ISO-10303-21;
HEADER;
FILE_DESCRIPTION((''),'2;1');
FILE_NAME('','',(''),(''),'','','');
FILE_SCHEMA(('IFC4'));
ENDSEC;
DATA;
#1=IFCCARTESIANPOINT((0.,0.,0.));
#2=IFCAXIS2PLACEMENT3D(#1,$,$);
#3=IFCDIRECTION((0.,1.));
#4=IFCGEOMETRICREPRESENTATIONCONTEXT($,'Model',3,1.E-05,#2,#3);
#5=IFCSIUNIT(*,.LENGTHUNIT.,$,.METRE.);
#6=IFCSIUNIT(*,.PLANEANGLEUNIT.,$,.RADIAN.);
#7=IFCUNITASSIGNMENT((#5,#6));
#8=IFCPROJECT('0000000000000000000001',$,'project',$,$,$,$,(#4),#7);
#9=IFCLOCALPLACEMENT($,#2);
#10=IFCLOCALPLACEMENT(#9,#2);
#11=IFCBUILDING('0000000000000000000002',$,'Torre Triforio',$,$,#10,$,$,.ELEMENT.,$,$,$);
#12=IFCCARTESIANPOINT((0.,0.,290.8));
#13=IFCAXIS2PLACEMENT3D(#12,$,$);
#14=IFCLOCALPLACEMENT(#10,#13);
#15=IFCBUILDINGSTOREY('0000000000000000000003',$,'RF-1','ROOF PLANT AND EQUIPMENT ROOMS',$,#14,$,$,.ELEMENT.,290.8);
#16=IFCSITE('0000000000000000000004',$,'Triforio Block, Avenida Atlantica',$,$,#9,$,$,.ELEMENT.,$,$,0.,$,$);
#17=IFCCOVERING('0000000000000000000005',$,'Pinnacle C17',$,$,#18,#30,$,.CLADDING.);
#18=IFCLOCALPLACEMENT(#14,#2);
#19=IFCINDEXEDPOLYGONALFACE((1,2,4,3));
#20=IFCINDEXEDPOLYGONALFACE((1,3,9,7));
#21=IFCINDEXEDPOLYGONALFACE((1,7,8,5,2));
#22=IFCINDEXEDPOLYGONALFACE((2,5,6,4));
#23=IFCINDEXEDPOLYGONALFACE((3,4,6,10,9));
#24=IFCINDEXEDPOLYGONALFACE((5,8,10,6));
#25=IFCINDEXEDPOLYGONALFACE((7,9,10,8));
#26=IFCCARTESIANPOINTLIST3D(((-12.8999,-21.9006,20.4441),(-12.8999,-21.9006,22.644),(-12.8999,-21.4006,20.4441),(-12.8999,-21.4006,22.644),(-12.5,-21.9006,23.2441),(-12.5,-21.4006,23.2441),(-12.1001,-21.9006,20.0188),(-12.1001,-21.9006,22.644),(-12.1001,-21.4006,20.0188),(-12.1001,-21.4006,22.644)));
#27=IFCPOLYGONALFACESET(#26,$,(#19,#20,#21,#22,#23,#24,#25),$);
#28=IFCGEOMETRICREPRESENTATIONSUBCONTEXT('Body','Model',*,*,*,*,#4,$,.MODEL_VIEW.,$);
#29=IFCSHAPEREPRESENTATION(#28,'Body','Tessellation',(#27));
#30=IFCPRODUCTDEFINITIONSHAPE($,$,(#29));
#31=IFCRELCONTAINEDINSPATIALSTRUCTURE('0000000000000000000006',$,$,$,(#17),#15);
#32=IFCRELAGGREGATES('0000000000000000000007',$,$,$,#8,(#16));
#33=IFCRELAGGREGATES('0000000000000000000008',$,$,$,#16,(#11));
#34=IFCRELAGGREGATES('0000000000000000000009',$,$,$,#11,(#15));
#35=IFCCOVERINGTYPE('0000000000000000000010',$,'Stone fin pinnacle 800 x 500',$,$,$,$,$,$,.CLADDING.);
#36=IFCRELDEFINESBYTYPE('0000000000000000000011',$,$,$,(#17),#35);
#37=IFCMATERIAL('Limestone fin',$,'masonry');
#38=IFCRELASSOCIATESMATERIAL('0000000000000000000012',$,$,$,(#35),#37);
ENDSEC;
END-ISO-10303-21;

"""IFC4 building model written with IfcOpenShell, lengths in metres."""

from ifc_helpers import new_model, si_unit, direction, frame, origin, place, context, subcontext, project, spatial, polyline, outline, extrude, material, material_profile, profile_set, type_object, element, save


model = new_model("IFC4")

# Units and contexts
model_context = context("Model", 3, precision=1e-05, world=origin(), true_north=direction((0.0, 1.0)))
body_context = subcontext(model_context, "Body", "Model", "MODEL_VIEW")
ifc_project = project(units=[si_unit("LENGTHUNIT", "METRE"), si_unit("PLANEANGLEUNIT", "RADIAN")], contexts=[model_context])

# Site, building, storey
site_placement = place(None, origin())
site = spatial("IfcSite", under=ifc_project, at=site_placement, Name="Triforio Block, Avenida Atlantica", CompositionType="ELEMENT", RefElevation=0.0)
building_placement = place(site_placement, origin())
building = spatial("IfcBuilding", under=site, at=building_placement, Name="Torre Triforio", CompositionType="ELEMENT")
storey_placement = place(building_placement, frame((0.0, 0.0, 290.8)))
storey = spatial("IfcBuildingStorey", under=building, at=storey_placement, Name="RF-1", Description="ROOF PLANT AND EQUIPMENT ROOMS", CompositionType="ELEMENT", Elevation=290.8)

# Covering
ifc_material_1 = material(Name="Limestone fin", Category="masonry")
ifc_material_profile_1 = material_profile(ifc_material_1, outline(polyline([(-0.3999, -0.2126), (0.3999, 0.2126), (0.3999, 2.4126), (0.0, 3.0127), (-0.3999, 2.4126), (-0.3999, -0.2126)])), Name="FIN PINNACLE 800x500")
ifc_profile_set_1 = profile_set([ifc_material_profile_1], Name="Limestone fin")
covering_type = type_object("IfcCoveringType", Name="Stone fin pinnacle 800 x 500", PredefinedType="CLADDING", material=ifc_profile_set_1)
for number, where, z_axis, x_axis, name in (
    (1, (-12.5, -21.9006, 20.2314), (0.0, 1.0, 0.0), (-1.0, 0.0, 0.0), "Pinnacle C17"),
):
    element("IfcCovering", number, at=place(storey_placement, frame(where, z_axis=z_axis, x_axis=x_axis)), inside=storey, type_object=covering_type, Name=name, PredefinedType="CLADDING", context=body_context, shape_type="SweptSolid", body=[
        extrude(outline(polyline([(-0.3999, -0.2126), (0.3999, 0.2126), (0.3999, 2.4126), (0.0, 3.0127), (-0.3999, 2.4126), (-0.3999, -0.2126)])), origin(), (0.0, 0.0, 1.0), 0.5),
    ])

save(model, "model.ifc")
